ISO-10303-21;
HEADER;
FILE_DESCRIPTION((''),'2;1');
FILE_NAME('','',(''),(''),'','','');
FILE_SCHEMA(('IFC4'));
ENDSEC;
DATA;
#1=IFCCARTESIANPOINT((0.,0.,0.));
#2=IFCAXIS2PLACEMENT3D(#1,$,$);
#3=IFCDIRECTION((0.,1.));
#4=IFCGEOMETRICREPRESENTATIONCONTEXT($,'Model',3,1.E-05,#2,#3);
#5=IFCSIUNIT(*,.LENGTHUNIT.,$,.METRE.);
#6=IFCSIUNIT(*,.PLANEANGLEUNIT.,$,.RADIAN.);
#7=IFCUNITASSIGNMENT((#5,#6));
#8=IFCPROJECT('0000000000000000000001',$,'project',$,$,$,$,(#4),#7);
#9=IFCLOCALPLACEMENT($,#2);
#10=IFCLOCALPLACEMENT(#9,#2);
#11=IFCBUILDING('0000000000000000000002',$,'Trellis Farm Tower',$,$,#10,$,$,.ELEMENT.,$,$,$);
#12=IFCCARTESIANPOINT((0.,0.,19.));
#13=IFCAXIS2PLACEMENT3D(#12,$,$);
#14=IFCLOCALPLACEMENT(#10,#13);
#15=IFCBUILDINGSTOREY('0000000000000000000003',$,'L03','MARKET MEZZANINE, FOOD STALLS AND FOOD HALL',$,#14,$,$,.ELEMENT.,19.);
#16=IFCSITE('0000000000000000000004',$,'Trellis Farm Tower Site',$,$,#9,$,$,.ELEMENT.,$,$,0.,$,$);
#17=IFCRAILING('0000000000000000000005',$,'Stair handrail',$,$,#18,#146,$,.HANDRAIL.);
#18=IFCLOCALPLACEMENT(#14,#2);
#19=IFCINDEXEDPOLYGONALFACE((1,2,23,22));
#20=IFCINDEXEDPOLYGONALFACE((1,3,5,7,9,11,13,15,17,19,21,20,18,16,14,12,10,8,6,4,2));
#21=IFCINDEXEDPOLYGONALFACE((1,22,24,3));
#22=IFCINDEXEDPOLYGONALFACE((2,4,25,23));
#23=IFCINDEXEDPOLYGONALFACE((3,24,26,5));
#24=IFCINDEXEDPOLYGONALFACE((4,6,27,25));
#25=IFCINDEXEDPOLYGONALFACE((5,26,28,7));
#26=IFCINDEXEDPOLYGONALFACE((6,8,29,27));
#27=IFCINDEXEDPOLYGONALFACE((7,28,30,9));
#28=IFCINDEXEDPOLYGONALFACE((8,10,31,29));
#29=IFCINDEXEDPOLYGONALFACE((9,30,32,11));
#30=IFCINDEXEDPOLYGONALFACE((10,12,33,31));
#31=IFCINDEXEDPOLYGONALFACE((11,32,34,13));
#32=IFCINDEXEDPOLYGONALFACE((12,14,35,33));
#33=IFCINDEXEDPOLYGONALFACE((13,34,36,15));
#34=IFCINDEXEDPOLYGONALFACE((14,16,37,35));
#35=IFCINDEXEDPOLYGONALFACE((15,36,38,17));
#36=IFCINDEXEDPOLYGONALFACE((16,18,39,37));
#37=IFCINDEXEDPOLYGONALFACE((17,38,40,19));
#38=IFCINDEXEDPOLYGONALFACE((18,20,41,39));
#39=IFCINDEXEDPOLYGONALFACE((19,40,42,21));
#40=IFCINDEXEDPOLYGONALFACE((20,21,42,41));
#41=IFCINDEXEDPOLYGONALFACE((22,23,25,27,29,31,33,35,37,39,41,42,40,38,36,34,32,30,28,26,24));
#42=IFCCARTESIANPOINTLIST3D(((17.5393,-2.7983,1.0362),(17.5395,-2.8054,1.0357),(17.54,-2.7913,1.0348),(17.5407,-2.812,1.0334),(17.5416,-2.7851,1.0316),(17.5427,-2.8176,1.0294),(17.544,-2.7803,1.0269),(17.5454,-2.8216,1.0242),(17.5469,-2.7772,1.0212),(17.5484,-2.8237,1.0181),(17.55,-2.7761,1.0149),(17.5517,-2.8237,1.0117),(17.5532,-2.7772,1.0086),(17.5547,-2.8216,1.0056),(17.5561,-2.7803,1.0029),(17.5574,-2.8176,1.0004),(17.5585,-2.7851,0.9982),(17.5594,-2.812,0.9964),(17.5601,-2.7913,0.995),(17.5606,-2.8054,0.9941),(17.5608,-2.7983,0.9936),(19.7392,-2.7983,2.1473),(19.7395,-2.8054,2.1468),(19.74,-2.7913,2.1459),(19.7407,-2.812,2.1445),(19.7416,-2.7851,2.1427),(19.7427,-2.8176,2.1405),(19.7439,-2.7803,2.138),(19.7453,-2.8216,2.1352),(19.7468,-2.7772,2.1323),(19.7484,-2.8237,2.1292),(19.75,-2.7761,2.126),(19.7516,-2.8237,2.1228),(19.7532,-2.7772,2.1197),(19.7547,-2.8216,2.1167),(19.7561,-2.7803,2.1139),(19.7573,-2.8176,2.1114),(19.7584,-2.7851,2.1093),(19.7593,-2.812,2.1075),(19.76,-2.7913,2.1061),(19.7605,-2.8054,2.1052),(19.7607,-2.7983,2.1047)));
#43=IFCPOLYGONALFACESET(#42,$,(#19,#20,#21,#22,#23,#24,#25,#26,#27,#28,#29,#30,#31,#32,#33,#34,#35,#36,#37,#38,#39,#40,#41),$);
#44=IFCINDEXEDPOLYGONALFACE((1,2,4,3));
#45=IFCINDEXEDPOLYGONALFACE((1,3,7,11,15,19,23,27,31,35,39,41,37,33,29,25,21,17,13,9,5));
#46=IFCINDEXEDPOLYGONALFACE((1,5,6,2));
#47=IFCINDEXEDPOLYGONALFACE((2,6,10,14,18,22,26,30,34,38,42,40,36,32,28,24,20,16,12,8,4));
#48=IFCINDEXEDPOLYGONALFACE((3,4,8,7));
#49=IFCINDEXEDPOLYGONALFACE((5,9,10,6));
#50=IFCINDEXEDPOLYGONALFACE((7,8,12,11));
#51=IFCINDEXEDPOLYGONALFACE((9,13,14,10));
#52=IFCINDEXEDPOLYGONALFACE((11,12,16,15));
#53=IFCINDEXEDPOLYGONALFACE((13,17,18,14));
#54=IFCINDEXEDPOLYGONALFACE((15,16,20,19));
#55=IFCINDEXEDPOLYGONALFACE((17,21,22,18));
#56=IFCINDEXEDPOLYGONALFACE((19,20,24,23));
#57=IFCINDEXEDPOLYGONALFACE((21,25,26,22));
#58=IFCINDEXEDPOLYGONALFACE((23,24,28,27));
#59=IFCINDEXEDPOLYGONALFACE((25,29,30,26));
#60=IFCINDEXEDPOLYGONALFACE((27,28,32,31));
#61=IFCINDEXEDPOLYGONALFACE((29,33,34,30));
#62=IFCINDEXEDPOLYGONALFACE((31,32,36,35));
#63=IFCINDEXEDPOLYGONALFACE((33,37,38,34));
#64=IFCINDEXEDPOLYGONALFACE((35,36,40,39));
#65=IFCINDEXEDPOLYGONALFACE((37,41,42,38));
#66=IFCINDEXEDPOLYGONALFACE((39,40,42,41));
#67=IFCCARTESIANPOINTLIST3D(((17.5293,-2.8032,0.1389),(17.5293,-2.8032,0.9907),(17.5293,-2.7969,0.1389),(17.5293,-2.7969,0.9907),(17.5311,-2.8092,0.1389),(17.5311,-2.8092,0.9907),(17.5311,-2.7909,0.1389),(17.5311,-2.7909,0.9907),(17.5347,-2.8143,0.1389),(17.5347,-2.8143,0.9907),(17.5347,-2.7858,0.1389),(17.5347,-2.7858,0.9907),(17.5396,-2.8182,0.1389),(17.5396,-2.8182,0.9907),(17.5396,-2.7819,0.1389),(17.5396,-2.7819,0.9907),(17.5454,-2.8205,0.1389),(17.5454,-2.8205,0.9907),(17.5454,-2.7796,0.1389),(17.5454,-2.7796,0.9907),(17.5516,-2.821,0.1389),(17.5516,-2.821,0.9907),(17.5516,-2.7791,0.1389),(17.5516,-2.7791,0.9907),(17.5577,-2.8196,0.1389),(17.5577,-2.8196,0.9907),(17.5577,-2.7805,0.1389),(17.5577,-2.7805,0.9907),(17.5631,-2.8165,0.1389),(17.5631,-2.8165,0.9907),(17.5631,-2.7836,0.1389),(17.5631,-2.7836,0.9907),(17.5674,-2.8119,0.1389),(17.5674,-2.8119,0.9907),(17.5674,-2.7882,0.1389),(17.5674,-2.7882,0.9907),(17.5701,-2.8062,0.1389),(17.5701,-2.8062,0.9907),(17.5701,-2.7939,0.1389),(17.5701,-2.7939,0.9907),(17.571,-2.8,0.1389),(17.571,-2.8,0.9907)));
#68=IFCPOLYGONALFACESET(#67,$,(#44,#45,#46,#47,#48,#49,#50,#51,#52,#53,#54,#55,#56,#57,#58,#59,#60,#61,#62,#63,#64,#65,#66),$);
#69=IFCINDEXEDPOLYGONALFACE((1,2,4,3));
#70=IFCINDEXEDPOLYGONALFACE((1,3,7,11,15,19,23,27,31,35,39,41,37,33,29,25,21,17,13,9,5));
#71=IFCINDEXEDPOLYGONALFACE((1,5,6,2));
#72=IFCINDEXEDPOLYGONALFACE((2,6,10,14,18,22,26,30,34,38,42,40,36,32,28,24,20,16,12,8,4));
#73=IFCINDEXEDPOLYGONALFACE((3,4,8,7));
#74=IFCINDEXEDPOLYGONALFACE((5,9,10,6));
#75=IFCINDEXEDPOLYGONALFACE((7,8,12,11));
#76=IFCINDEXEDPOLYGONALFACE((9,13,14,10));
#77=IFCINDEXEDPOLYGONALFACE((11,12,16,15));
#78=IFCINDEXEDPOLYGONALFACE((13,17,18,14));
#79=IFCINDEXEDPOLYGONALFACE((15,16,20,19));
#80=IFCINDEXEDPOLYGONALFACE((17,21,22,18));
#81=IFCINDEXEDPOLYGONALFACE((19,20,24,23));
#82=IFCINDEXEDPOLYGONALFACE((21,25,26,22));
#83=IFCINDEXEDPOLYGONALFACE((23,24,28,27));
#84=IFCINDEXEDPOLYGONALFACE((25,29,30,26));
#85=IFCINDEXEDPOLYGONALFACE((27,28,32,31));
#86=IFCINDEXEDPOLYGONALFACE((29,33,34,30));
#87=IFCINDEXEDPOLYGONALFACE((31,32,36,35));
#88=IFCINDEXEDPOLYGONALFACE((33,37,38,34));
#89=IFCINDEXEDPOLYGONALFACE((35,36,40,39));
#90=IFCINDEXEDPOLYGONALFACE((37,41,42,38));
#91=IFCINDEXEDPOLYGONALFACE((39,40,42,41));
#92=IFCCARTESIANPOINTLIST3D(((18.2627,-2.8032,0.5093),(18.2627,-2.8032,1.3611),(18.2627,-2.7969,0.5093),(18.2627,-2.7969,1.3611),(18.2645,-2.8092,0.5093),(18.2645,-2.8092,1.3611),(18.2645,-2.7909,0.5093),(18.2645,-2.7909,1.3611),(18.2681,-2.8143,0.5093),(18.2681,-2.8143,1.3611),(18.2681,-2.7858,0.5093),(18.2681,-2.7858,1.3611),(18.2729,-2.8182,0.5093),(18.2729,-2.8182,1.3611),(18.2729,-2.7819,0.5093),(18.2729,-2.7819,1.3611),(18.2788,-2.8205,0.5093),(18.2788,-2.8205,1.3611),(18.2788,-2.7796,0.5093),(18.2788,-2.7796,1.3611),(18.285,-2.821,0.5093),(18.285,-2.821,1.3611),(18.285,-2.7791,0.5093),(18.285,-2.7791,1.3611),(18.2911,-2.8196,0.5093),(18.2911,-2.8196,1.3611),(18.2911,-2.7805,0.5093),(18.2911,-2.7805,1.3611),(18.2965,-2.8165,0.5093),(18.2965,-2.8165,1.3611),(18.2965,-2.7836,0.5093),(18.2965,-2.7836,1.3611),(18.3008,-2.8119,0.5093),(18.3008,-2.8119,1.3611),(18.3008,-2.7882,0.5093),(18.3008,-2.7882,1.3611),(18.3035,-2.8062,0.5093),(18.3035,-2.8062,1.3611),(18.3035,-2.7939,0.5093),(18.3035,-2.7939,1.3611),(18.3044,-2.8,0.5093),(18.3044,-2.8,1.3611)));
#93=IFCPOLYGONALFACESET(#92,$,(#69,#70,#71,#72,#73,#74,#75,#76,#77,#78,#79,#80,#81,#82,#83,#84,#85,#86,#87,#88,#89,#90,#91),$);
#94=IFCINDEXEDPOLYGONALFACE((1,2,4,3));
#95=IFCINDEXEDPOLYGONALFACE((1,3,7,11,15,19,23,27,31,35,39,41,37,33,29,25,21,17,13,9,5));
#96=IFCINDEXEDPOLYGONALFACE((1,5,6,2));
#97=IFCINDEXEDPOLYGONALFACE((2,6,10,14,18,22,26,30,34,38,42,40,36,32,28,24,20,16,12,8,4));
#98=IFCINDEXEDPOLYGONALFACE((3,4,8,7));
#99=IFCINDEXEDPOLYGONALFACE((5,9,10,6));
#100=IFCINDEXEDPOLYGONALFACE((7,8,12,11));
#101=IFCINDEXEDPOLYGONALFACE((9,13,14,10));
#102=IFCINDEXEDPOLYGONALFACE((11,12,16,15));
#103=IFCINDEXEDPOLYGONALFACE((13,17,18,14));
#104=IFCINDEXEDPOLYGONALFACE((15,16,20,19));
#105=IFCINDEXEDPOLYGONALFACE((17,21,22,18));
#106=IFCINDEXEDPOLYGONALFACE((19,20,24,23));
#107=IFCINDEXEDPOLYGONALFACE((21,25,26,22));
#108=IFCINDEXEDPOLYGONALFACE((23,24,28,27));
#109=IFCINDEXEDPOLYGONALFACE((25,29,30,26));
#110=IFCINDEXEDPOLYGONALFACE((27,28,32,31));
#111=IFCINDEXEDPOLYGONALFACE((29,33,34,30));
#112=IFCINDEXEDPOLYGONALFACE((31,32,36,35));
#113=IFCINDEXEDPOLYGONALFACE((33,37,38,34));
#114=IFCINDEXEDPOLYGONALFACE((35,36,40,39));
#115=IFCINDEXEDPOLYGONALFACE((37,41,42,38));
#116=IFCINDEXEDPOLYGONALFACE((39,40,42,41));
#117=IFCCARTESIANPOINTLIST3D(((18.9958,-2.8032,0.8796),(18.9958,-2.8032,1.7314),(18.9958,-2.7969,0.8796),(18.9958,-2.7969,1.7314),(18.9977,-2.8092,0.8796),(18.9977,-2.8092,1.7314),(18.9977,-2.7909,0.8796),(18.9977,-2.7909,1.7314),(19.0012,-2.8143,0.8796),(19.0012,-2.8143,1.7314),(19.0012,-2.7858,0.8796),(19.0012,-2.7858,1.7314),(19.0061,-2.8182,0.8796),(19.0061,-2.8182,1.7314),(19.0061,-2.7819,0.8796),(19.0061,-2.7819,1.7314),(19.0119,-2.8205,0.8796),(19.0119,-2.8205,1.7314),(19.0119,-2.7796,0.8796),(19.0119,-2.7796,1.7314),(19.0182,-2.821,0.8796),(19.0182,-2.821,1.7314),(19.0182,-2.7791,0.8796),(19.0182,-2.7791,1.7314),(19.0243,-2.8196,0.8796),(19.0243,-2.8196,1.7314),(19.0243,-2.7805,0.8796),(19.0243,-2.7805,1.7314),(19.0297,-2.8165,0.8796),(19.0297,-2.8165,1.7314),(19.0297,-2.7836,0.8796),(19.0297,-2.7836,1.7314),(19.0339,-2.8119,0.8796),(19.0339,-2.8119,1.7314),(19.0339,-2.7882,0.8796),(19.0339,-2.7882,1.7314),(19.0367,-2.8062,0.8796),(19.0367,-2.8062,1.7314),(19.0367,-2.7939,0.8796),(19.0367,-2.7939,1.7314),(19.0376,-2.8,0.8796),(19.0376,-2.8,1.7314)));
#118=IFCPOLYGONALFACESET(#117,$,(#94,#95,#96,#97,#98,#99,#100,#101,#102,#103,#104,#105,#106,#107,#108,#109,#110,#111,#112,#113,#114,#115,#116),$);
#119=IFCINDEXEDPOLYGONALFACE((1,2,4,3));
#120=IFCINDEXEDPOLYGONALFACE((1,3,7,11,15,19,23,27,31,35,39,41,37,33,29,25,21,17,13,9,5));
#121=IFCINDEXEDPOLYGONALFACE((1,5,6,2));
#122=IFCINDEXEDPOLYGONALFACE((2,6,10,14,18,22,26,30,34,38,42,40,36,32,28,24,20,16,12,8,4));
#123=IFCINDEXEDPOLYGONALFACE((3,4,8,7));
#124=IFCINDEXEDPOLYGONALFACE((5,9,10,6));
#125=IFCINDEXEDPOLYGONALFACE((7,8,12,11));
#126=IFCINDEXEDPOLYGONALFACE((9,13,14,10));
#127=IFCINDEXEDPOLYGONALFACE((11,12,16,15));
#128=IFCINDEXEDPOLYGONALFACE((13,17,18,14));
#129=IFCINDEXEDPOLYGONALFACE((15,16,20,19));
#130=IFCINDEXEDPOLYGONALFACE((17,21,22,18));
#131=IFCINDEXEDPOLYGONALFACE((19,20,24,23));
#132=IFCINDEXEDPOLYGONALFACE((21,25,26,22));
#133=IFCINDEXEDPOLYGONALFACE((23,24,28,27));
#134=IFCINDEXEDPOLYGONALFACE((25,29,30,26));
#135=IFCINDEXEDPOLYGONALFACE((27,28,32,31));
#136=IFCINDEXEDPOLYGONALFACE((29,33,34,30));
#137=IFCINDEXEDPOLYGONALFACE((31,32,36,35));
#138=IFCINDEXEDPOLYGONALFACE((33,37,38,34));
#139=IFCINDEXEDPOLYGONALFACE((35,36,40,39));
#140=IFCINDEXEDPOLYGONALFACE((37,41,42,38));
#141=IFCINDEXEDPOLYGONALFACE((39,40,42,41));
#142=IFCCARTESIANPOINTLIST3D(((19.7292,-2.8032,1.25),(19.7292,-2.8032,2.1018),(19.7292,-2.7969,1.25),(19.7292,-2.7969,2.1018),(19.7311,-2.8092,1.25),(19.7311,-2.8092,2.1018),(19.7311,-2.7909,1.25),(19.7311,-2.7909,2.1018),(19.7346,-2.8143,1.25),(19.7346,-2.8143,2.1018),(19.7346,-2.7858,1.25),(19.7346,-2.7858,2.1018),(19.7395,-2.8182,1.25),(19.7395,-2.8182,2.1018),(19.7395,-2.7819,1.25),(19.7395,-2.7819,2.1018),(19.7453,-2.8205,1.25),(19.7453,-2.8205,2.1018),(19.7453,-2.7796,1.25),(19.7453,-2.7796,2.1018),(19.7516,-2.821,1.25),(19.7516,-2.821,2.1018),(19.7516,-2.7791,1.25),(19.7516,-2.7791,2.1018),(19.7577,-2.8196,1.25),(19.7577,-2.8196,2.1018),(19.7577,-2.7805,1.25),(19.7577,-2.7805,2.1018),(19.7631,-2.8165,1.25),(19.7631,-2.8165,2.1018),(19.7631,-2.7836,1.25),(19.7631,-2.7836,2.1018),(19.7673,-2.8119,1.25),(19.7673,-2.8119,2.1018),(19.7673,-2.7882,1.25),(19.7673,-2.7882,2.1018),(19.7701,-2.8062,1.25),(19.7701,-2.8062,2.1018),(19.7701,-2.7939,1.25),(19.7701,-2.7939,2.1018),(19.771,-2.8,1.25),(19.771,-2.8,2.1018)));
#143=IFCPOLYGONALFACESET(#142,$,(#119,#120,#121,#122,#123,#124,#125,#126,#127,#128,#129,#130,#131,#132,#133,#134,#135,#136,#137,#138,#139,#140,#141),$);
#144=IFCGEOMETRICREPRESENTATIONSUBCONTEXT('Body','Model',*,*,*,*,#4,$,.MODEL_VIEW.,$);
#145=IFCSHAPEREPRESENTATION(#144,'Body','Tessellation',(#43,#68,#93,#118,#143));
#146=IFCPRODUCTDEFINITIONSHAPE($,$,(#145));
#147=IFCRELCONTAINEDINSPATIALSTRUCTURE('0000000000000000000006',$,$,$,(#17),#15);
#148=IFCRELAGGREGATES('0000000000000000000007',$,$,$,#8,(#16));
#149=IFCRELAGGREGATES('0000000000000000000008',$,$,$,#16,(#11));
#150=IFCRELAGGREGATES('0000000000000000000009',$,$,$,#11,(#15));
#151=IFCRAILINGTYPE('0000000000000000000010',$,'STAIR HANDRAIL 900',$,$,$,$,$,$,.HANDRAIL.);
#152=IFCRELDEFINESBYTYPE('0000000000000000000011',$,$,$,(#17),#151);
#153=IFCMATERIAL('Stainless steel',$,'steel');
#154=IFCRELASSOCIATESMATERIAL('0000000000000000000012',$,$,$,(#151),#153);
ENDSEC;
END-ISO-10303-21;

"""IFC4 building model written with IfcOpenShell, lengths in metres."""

from ifc_helpers import new_model, si_unit, direction, frame, origin, origin_2d, place, context, subcontext, project, spatial, circle, extrude, source, transform, mapped, material, type_object, element, save


model = new_model("IFC4")

# Units and contexts
model_context = context("Model", 3, precision=1e-05, world=origin(), true_north=direction((0.0, 1.0)))
body_context = subcontext(model_context, "Body", "Model", "MODEL_VIEW")
ifc_project = project(units=[si_unit("LENGTHUNIT", "METRE"), si_unit("PLANEANGLEUNIT", "RADIAN")], contexts=[model_context])

# Site, building, storey
site_placement = place(None, origin())
site = spatial("IfcSite", under=ifc_project, at=site_placement, Name="Trellis Farm Tower Site", CompositionType="ELEMENT", RefElevation=0.0)
building_placement = place(site_placement, origin())
building = spatial("IfcBuilding", under=site, at=building_placement, Name="Trellis Farm Tower", CompositionType="ELEMENT")
storey_placement = place(building_placement, frame((0.0, 0.0, 19.0)))
storey = spatial("IfcBuildingStorey", under=building, at=storey_placement, Name="L03", Description="MARKET MEZZANINE, FOOD STALLS AND FOOD HALL", CompositionType="ELEMENT", Elevation=19.0)

# Railing
ifc_material_1 = material(Name="Stainless steel", Category="steel")
railing_type = type_object("IfcRailingType", Name="STAIR HANDRAIL 900", PredefinedType="HANDRAIL", material=ifc_material_1)
shared_shape_1 = source(origin(), body_context, "Body", "SweptSolid", [
    extrude(circle(Radius=0.0239, at=origin_2d()), frame((0.0, 0.0, 0.876), z_axis=(0.892617, 0.0, 0.450816), x_axis=(0.0, 1.0, 0.0)), (0.0, 0.0, 1.0), 2.4646),
    extrude(circle(Radius=0.021, at=origin_2d()), origin(), (0.0, 0.0, 1.0), 0.8518),
    extrude(circle(Radius=0.021, at=origin_2d()), frame((0.7334, 0.0, 0.3704)), (0.0, 0.0, 1.0), 0.8518),
    extrude(circle(Radius=0.021, at=origin_2d()), frame((1.4666, 0.0, 0.7407)), (0.0, 0.0, 1.0), 0.8518),
    extrude(circle(Radius=0.021, at=origin_2d()), frame((2.2, 0.0, 1.1111)), (0.0, 0.0, 1.0), 0.8518),
])
for number, where, name in (
    (1, (17.55, -2.8, 0.1389), "Stair handrail"),
):
    element("IfcRailing", number, at=place(storey_placement, frame(where)), inside=storey, type_object=railing_type, Name=name, PredefinedType="HANDRAIL", context=body_context, shape_type="MappedRepresentation", body=[
        mapped(shared_shape_1, transform((0.0, 0.0, 0.0))),
    ])

save(model, "model.ifc")
